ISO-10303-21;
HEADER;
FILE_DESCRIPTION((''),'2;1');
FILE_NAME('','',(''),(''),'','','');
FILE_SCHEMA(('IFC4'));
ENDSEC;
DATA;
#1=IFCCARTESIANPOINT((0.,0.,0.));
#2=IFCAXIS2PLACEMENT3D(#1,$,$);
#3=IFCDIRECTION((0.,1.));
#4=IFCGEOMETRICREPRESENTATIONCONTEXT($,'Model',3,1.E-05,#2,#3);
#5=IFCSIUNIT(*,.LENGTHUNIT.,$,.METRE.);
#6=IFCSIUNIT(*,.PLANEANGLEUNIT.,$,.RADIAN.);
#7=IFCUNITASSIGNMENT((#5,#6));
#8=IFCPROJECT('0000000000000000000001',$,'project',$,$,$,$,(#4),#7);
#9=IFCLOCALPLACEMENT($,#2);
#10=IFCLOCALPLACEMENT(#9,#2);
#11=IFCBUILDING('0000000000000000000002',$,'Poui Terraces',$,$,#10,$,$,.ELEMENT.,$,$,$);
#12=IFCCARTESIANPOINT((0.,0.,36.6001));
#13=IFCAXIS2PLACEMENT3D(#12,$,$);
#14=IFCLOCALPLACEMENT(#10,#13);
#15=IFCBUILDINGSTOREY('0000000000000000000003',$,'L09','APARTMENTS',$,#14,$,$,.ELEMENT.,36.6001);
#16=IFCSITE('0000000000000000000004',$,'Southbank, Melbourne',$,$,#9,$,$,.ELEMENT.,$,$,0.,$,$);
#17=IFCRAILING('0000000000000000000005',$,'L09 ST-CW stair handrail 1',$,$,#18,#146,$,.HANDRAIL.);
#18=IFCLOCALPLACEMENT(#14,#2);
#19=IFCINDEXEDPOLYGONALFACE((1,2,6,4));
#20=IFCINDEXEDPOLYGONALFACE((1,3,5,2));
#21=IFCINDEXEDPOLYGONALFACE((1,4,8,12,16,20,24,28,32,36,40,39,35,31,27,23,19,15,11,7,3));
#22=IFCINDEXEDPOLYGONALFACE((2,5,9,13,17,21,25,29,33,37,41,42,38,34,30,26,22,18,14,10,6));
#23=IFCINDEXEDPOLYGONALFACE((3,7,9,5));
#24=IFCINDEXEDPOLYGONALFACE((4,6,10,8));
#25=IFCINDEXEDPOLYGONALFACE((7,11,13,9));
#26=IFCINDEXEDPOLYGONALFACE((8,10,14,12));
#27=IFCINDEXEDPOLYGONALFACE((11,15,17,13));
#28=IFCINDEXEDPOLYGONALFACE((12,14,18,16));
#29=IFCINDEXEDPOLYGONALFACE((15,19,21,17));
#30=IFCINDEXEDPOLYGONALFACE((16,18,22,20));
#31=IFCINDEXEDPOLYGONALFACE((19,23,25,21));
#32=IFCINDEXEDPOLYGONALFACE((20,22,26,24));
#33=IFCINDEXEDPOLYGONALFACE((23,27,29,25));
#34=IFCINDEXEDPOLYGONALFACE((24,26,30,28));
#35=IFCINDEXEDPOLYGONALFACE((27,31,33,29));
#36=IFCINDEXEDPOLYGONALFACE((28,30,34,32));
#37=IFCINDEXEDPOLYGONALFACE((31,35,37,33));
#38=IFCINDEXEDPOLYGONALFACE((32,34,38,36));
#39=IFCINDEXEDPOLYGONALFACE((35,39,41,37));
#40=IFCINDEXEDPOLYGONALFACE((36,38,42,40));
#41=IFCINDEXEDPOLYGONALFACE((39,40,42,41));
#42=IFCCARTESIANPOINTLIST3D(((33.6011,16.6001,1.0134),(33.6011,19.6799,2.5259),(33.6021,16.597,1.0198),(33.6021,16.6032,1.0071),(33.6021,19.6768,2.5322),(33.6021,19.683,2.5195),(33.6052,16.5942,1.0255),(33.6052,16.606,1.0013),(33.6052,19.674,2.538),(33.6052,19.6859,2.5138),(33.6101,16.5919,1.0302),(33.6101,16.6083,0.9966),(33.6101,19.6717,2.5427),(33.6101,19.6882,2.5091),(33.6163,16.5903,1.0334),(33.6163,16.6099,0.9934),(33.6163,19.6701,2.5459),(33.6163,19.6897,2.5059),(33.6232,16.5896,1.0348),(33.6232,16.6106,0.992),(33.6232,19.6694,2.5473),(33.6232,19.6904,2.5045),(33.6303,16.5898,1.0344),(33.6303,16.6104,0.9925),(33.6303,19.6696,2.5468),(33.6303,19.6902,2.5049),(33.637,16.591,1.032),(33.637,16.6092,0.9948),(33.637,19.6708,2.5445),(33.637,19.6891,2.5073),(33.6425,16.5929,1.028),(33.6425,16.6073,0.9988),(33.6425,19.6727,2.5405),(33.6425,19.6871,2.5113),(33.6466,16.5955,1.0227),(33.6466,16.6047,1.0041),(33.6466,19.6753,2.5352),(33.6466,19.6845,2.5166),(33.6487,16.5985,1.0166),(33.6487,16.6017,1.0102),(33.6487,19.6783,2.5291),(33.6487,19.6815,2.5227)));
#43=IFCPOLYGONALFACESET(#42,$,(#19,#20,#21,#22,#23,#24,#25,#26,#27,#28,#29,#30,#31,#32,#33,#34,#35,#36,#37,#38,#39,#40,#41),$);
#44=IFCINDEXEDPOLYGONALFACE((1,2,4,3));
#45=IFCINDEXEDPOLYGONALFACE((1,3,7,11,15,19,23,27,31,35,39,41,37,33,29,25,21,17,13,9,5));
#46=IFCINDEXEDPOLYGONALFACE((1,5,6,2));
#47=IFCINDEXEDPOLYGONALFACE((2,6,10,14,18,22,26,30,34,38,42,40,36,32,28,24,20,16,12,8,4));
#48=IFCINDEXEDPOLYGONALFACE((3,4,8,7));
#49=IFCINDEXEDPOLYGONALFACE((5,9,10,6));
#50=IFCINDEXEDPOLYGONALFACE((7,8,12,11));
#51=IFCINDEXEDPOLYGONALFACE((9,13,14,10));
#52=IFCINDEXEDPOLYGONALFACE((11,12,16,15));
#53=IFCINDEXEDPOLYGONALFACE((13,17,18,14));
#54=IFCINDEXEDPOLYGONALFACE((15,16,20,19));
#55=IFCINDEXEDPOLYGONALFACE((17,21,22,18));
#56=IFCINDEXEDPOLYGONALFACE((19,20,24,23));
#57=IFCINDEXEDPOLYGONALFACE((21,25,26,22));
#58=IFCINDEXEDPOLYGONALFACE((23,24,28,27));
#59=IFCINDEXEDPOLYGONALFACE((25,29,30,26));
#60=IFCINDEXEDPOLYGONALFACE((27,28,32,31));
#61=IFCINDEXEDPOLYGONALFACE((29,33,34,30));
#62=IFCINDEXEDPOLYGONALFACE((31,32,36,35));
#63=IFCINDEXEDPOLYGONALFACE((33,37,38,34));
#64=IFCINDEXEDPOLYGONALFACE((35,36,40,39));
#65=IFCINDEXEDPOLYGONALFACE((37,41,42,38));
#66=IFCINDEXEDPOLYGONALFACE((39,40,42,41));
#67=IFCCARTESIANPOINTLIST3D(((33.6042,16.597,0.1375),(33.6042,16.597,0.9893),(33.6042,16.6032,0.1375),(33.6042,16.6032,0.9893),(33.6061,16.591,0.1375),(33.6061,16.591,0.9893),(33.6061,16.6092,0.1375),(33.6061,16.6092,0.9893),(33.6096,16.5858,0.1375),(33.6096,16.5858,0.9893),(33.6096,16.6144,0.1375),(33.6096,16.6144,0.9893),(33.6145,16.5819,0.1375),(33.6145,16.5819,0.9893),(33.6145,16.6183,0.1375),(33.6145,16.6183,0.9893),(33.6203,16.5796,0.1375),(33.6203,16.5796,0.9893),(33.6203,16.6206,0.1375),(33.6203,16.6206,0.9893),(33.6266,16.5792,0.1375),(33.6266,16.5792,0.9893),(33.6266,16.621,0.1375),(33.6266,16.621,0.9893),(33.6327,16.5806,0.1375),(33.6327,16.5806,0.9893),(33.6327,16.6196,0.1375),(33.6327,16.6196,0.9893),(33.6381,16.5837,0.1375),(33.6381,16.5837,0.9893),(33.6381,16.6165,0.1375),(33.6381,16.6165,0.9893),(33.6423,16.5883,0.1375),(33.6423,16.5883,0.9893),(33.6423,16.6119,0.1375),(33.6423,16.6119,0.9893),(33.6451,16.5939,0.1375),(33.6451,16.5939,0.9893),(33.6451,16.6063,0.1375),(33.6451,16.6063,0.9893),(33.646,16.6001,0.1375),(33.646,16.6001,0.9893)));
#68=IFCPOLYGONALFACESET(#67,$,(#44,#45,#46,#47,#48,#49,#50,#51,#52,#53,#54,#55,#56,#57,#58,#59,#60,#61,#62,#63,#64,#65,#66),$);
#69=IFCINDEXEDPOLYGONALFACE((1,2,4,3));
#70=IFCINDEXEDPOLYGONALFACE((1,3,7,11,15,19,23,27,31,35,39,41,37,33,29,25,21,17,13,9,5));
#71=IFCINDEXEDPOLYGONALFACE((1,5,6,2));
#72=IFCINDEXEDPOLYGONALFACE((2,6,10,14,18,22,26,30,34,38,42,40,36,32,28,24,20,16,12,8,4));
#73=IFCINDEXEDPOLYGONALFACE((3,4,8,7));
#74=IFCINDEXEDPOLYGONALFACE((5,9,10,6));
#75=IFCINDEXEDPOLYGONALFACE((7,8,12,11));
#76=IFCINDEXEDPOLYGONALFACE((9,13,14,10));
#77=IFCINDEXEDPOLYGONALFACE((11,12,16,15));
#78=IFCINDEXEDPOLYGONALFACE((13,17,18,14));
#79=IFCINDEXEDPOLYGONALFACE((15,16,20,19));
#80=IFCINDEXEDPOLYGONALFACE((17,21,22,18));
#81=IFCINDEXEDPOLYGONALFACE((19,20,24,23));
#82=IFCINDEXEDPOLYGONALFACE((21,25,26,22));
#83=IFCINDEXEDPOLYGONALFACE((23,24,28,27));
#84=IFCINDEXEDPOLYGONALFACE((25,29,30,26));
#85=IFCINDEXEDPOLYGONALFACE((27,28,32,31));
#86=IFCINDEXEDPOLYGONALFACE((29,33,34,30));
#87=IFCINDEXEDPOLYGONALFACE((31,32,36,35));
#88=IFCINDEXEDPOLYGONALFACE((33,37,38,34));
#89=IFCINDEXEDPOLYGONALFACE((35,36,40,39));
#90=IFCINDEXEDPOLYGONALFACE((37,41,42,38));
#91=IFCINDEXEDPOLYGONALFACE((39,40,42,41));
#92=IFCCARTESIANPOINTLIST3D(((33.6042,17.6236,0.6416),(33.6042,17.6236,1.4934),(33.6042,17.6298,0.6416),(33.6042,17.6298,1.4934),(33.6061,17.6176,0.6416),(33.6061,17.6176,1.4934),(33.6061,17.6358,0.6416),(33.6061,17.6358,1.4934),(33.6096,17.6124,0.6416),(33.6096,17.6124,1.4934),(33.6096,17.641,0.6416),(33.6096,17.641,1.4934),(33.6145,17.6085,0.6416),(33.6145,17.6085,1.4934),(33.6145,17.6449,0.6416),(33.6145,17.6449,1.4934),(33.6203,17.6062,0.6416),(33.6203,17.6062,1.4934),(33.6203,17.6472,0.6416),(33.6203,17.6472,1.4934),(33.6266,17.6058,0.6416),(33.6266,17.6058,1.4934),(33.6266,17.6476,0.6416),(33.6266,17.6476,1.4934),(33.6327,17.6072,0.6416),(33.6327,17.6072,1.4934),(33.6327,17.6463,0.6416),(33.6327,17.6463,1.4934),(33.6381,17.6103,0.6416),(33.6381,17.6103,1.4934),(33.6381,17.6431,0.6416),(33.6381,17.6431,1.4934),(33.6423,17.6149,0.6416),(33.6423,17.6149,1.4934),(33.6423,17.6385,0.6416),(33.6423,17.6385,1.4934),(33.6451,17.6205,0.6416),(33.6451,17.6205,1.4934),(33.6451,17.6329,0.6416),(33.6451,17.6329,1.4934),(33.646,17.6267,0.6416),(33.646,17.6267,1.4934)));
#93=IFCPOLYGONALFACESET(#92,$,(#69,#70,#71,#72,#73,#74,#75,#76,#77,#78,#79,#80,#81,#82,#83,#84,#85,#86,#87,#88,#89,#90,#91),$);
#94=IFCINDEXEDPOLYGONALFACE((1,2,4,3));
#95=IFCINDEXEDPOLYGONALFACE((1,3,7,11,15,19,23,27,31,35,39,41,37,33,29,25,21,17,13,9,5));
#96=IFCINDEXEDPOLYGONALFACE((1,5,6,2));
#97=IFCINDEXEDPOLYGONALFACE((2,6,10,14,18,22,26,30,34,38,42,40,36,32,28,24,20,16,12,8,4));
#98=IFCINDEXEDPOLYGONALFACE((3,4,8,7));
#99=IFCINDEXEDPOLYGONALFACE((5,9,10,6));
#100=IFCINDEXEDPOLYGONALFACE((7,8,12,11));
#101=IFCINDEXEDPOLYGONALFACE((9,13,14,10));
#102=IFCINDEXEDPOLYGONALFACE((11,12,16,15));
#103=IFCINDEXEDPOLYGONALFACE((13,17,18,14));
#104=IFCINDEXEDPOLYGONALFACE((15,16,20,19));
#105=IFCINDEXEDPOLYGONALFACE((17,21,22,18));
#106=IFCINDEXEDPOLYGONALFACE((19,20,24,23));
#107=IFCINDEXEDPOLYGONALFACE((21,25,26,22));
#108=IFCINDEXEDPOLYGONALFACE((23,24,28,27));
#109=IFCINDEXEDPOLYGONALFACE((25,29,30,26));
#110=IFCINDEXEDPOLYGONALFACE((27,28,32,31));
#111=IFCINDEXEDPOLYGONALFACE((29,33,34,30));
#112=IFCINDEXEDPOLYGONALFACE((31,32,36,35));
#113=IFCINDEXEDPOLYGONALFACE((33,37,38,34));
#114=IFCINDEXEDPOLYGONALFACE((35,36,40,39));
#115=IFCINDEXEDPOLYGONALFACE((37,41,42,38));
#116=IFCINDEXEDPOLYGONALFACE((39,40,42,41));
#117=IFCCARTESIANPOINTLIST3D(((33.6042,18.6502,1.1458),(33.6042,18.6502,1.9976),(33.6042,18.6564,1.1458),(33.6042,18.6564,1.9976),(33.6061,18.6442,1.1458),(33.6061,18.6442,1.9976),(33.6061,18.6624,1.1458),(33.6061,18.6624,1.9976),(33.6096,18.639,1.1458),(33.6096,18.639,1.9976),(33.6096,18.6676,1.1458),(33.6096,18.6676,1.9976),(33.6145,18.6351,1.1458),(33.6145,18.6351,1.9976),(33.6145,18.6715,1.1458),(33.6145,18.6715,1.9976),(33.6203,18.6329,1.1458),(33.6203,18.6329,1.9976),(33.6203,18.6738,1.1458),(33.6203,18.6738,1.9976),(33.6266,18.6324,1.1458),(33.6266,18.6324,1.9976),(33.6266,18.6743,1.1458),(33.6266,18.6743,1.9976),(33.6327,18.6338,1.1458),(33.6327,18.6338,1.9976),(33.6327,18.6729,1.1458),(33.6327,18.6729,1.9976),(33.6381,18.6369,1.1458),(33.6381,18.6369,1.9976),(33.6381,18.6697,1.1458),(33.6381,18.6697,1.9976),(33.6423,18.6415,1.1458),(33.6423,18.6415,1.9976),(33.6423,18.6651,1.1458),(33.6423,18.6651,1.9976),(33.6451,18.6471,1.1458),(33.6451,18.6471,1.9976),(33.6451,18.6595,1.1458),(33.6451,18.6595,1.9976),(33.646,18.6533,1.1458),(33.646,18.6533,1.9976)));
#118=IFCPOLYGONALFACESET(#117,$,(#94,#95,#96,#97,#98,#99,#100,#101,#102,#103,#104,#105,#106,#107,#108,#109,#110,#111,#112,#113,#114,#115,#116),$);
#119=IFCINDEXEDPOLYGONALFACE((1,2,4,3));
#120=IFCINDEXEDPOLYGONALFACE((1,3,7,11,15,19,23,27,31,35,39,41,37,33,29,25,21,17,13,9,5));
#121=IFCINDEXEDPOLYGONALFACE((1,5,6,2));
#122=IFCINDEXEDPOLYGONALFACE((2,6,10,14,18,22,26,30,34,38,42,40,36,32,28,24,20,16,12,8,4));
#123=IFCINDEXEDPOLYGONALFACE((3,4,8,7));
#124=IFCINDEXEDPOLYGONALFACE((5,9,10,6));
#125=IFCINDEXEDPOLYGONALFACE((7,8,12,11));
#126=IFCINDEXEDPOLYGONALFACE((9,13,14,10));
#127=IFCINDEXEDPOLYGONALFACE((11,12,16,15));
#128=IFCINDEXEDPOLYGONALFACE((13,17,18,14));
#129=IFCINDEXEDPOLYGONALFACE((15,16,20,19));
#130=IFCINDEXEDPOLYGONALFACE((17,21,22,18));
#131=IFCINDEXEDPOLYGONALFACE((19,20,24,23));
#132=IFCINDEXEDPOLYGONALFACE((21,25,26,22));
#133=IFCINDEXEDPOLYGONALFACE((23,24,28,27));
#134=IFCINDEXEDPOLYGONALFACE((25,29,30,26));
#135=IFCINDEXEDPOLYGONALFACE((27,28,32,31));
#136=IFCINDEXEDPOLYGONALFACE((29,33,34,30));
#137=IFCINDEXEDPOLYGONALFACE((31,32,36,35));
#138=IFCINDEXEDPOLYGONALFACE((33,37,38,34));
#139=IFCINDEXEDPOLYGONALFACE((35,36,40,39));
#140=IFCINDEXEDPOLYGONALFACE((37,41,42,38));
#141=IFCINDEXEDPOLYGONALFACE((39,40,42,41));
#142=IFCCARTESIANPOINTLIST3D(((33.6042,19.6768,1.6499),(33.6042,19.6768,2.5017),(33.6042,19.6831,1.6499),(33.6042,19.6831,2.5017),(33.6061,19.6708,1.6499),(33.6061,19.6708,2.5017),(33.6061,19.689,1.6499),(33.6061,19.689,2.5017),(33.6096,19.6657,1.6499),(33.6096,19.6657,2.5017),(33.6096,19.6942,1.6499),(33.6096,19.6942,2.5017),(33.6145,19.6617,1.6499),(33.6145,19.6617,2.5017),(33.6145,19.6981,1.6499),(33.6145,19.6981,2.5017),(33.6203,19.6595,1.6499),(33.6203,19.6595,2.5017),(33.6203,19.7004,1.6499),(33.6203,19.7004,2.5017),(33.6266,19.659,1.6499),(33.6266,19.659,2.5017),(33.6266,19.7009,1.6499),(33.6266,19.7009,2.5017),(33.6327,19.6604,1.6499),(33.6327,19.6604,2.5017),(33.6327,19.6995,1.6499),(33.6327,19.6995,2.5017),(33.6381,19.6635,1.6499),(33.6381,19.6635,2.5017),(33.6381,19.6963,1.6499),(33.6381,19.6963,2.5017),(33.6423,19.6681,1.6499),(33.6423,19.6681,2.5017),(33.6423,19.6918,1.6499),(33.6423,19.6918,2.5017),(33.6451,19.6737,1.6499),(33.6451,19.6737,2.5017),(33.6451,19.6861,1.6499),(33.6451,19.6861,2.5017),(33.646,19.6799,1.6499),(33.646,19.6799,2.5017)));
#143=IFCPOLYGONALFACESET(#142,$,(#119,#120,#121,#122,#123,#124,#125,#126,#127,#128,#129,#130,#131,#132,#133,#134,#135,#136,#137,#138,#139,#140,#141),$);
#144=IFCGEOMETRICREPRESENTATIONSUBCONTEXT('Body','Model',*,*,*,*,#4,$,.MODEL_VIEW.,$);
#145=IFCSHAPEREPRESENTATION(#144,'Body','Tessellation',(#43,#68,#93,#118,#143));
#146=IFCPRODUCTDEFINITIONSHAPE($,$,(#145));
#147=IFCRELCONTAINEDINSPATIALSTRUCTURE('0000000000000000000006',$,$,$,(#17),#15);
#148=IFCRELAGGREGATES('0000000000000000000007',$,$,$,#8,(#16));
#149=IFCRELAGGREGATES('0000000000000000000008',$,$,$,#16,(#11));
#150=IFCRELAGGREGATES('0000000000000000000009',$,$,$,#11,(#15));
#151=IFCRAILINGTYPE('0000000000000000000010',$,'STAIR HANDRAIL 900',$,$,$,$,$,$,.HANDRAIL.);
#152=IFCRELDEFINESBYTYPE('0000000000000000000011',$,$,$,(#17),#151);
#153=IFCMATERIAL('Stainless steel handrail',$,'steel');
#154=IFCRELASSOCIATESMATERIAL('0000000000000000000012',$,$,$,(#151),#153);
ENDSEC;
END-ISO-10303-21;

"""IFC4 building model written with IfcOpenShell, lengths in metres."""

from ifc_helpers import new_model, si_unit, direction, frame, origin, origin_2d, place, context, subcontext, project, spatial, circle, extrude, material, type_object, element, save


model = new_model("IFC4")

# Units and contexts
model_context = context("Model", 3, precision=1e-05, world=origin(), true_north=direction((0.0, 1.0)))
body_context = subcontext(model_context, "Body", "Model", "MODEL_VIEW")
ifc_project = project(units=[si_unit("LENGTHUNIT", "METRE"), si_unit("PLANEANGLEUNIT", "RADIAN")], contexts=[model_context])

# Site, building, storey
site_placement = place(None, origin())
site = spatial("IfcSite", under=ifc_project, at=site_placement, Name="Southbank, Melbourne", CompositionType="ELEMENT", RefElevation=0.0)
building_placement = place(site_placement, origin())
building = spatial("IfcBuilding", under=site, at=building_placement, Name="Poui Terraces", CompositionType="ELEMENT")
storey_placement = place(building_placement, frame((0.0, 0.0, 36.6001)))
storey = spatial("IfcBuildingStorey", under=building, at=storey_placement, Name="L09", Description="APARTMENTS", CompositionType="ELEMENT", Elevation=36.6001)

# Railing
ifc_material_1 = material(Name="Stainless steel handrail", Category="steel")
railing_type = type_object("IfcRailingType", Name="STAIR HANDRAIL 900", PredefinedType="HANDRAIL", material=ifc_material_1)
railing_placement = place(storey_placement, frame((33.625, 16.6001, 0.1375)))
element("IfcRailing", 1, at=railing_placement, inside=storey, type_object=railing_type, Name="L09 ST-CW stair handrail 1", PredefinedType="HANDRAIL", context=body_context, shape_type="SweptSolid", body=[
    extrude(circle(Radius=0.0239, at=origin_2d()), frame((0.0, 0.0, 0.876), z_axis=(0.0, 0.897606, 0.440798), x_axis=(-1.0, 0.0, 0.0)), (0.0, 0.0, 1.0), 3.4312),
    extrude(circle(Radius=0.021, at=origin_2d()), origin(), (0.0, 0.0, 1.0), 0.8518),
    extrude(circle(Radius=0.021, at=origin_2d()), frame((0.0, 1.0266, 0.5042)), (0.0, 0.0, 1.0), 0.8518),
    extrude(circle(Radius=0.021, at=origin_2d()), frame((0.0, 2.0532, 1.0083)), (0.0, 0.0, 1.0), 0.8518),
    extrude(circle(Radius=0.021, at=origin_2d()), frame((0.0, 3.0798, 1.5125)), (0.0, 0.0, 1.0), 0.8518),
])

save(model, "model.ifc")
